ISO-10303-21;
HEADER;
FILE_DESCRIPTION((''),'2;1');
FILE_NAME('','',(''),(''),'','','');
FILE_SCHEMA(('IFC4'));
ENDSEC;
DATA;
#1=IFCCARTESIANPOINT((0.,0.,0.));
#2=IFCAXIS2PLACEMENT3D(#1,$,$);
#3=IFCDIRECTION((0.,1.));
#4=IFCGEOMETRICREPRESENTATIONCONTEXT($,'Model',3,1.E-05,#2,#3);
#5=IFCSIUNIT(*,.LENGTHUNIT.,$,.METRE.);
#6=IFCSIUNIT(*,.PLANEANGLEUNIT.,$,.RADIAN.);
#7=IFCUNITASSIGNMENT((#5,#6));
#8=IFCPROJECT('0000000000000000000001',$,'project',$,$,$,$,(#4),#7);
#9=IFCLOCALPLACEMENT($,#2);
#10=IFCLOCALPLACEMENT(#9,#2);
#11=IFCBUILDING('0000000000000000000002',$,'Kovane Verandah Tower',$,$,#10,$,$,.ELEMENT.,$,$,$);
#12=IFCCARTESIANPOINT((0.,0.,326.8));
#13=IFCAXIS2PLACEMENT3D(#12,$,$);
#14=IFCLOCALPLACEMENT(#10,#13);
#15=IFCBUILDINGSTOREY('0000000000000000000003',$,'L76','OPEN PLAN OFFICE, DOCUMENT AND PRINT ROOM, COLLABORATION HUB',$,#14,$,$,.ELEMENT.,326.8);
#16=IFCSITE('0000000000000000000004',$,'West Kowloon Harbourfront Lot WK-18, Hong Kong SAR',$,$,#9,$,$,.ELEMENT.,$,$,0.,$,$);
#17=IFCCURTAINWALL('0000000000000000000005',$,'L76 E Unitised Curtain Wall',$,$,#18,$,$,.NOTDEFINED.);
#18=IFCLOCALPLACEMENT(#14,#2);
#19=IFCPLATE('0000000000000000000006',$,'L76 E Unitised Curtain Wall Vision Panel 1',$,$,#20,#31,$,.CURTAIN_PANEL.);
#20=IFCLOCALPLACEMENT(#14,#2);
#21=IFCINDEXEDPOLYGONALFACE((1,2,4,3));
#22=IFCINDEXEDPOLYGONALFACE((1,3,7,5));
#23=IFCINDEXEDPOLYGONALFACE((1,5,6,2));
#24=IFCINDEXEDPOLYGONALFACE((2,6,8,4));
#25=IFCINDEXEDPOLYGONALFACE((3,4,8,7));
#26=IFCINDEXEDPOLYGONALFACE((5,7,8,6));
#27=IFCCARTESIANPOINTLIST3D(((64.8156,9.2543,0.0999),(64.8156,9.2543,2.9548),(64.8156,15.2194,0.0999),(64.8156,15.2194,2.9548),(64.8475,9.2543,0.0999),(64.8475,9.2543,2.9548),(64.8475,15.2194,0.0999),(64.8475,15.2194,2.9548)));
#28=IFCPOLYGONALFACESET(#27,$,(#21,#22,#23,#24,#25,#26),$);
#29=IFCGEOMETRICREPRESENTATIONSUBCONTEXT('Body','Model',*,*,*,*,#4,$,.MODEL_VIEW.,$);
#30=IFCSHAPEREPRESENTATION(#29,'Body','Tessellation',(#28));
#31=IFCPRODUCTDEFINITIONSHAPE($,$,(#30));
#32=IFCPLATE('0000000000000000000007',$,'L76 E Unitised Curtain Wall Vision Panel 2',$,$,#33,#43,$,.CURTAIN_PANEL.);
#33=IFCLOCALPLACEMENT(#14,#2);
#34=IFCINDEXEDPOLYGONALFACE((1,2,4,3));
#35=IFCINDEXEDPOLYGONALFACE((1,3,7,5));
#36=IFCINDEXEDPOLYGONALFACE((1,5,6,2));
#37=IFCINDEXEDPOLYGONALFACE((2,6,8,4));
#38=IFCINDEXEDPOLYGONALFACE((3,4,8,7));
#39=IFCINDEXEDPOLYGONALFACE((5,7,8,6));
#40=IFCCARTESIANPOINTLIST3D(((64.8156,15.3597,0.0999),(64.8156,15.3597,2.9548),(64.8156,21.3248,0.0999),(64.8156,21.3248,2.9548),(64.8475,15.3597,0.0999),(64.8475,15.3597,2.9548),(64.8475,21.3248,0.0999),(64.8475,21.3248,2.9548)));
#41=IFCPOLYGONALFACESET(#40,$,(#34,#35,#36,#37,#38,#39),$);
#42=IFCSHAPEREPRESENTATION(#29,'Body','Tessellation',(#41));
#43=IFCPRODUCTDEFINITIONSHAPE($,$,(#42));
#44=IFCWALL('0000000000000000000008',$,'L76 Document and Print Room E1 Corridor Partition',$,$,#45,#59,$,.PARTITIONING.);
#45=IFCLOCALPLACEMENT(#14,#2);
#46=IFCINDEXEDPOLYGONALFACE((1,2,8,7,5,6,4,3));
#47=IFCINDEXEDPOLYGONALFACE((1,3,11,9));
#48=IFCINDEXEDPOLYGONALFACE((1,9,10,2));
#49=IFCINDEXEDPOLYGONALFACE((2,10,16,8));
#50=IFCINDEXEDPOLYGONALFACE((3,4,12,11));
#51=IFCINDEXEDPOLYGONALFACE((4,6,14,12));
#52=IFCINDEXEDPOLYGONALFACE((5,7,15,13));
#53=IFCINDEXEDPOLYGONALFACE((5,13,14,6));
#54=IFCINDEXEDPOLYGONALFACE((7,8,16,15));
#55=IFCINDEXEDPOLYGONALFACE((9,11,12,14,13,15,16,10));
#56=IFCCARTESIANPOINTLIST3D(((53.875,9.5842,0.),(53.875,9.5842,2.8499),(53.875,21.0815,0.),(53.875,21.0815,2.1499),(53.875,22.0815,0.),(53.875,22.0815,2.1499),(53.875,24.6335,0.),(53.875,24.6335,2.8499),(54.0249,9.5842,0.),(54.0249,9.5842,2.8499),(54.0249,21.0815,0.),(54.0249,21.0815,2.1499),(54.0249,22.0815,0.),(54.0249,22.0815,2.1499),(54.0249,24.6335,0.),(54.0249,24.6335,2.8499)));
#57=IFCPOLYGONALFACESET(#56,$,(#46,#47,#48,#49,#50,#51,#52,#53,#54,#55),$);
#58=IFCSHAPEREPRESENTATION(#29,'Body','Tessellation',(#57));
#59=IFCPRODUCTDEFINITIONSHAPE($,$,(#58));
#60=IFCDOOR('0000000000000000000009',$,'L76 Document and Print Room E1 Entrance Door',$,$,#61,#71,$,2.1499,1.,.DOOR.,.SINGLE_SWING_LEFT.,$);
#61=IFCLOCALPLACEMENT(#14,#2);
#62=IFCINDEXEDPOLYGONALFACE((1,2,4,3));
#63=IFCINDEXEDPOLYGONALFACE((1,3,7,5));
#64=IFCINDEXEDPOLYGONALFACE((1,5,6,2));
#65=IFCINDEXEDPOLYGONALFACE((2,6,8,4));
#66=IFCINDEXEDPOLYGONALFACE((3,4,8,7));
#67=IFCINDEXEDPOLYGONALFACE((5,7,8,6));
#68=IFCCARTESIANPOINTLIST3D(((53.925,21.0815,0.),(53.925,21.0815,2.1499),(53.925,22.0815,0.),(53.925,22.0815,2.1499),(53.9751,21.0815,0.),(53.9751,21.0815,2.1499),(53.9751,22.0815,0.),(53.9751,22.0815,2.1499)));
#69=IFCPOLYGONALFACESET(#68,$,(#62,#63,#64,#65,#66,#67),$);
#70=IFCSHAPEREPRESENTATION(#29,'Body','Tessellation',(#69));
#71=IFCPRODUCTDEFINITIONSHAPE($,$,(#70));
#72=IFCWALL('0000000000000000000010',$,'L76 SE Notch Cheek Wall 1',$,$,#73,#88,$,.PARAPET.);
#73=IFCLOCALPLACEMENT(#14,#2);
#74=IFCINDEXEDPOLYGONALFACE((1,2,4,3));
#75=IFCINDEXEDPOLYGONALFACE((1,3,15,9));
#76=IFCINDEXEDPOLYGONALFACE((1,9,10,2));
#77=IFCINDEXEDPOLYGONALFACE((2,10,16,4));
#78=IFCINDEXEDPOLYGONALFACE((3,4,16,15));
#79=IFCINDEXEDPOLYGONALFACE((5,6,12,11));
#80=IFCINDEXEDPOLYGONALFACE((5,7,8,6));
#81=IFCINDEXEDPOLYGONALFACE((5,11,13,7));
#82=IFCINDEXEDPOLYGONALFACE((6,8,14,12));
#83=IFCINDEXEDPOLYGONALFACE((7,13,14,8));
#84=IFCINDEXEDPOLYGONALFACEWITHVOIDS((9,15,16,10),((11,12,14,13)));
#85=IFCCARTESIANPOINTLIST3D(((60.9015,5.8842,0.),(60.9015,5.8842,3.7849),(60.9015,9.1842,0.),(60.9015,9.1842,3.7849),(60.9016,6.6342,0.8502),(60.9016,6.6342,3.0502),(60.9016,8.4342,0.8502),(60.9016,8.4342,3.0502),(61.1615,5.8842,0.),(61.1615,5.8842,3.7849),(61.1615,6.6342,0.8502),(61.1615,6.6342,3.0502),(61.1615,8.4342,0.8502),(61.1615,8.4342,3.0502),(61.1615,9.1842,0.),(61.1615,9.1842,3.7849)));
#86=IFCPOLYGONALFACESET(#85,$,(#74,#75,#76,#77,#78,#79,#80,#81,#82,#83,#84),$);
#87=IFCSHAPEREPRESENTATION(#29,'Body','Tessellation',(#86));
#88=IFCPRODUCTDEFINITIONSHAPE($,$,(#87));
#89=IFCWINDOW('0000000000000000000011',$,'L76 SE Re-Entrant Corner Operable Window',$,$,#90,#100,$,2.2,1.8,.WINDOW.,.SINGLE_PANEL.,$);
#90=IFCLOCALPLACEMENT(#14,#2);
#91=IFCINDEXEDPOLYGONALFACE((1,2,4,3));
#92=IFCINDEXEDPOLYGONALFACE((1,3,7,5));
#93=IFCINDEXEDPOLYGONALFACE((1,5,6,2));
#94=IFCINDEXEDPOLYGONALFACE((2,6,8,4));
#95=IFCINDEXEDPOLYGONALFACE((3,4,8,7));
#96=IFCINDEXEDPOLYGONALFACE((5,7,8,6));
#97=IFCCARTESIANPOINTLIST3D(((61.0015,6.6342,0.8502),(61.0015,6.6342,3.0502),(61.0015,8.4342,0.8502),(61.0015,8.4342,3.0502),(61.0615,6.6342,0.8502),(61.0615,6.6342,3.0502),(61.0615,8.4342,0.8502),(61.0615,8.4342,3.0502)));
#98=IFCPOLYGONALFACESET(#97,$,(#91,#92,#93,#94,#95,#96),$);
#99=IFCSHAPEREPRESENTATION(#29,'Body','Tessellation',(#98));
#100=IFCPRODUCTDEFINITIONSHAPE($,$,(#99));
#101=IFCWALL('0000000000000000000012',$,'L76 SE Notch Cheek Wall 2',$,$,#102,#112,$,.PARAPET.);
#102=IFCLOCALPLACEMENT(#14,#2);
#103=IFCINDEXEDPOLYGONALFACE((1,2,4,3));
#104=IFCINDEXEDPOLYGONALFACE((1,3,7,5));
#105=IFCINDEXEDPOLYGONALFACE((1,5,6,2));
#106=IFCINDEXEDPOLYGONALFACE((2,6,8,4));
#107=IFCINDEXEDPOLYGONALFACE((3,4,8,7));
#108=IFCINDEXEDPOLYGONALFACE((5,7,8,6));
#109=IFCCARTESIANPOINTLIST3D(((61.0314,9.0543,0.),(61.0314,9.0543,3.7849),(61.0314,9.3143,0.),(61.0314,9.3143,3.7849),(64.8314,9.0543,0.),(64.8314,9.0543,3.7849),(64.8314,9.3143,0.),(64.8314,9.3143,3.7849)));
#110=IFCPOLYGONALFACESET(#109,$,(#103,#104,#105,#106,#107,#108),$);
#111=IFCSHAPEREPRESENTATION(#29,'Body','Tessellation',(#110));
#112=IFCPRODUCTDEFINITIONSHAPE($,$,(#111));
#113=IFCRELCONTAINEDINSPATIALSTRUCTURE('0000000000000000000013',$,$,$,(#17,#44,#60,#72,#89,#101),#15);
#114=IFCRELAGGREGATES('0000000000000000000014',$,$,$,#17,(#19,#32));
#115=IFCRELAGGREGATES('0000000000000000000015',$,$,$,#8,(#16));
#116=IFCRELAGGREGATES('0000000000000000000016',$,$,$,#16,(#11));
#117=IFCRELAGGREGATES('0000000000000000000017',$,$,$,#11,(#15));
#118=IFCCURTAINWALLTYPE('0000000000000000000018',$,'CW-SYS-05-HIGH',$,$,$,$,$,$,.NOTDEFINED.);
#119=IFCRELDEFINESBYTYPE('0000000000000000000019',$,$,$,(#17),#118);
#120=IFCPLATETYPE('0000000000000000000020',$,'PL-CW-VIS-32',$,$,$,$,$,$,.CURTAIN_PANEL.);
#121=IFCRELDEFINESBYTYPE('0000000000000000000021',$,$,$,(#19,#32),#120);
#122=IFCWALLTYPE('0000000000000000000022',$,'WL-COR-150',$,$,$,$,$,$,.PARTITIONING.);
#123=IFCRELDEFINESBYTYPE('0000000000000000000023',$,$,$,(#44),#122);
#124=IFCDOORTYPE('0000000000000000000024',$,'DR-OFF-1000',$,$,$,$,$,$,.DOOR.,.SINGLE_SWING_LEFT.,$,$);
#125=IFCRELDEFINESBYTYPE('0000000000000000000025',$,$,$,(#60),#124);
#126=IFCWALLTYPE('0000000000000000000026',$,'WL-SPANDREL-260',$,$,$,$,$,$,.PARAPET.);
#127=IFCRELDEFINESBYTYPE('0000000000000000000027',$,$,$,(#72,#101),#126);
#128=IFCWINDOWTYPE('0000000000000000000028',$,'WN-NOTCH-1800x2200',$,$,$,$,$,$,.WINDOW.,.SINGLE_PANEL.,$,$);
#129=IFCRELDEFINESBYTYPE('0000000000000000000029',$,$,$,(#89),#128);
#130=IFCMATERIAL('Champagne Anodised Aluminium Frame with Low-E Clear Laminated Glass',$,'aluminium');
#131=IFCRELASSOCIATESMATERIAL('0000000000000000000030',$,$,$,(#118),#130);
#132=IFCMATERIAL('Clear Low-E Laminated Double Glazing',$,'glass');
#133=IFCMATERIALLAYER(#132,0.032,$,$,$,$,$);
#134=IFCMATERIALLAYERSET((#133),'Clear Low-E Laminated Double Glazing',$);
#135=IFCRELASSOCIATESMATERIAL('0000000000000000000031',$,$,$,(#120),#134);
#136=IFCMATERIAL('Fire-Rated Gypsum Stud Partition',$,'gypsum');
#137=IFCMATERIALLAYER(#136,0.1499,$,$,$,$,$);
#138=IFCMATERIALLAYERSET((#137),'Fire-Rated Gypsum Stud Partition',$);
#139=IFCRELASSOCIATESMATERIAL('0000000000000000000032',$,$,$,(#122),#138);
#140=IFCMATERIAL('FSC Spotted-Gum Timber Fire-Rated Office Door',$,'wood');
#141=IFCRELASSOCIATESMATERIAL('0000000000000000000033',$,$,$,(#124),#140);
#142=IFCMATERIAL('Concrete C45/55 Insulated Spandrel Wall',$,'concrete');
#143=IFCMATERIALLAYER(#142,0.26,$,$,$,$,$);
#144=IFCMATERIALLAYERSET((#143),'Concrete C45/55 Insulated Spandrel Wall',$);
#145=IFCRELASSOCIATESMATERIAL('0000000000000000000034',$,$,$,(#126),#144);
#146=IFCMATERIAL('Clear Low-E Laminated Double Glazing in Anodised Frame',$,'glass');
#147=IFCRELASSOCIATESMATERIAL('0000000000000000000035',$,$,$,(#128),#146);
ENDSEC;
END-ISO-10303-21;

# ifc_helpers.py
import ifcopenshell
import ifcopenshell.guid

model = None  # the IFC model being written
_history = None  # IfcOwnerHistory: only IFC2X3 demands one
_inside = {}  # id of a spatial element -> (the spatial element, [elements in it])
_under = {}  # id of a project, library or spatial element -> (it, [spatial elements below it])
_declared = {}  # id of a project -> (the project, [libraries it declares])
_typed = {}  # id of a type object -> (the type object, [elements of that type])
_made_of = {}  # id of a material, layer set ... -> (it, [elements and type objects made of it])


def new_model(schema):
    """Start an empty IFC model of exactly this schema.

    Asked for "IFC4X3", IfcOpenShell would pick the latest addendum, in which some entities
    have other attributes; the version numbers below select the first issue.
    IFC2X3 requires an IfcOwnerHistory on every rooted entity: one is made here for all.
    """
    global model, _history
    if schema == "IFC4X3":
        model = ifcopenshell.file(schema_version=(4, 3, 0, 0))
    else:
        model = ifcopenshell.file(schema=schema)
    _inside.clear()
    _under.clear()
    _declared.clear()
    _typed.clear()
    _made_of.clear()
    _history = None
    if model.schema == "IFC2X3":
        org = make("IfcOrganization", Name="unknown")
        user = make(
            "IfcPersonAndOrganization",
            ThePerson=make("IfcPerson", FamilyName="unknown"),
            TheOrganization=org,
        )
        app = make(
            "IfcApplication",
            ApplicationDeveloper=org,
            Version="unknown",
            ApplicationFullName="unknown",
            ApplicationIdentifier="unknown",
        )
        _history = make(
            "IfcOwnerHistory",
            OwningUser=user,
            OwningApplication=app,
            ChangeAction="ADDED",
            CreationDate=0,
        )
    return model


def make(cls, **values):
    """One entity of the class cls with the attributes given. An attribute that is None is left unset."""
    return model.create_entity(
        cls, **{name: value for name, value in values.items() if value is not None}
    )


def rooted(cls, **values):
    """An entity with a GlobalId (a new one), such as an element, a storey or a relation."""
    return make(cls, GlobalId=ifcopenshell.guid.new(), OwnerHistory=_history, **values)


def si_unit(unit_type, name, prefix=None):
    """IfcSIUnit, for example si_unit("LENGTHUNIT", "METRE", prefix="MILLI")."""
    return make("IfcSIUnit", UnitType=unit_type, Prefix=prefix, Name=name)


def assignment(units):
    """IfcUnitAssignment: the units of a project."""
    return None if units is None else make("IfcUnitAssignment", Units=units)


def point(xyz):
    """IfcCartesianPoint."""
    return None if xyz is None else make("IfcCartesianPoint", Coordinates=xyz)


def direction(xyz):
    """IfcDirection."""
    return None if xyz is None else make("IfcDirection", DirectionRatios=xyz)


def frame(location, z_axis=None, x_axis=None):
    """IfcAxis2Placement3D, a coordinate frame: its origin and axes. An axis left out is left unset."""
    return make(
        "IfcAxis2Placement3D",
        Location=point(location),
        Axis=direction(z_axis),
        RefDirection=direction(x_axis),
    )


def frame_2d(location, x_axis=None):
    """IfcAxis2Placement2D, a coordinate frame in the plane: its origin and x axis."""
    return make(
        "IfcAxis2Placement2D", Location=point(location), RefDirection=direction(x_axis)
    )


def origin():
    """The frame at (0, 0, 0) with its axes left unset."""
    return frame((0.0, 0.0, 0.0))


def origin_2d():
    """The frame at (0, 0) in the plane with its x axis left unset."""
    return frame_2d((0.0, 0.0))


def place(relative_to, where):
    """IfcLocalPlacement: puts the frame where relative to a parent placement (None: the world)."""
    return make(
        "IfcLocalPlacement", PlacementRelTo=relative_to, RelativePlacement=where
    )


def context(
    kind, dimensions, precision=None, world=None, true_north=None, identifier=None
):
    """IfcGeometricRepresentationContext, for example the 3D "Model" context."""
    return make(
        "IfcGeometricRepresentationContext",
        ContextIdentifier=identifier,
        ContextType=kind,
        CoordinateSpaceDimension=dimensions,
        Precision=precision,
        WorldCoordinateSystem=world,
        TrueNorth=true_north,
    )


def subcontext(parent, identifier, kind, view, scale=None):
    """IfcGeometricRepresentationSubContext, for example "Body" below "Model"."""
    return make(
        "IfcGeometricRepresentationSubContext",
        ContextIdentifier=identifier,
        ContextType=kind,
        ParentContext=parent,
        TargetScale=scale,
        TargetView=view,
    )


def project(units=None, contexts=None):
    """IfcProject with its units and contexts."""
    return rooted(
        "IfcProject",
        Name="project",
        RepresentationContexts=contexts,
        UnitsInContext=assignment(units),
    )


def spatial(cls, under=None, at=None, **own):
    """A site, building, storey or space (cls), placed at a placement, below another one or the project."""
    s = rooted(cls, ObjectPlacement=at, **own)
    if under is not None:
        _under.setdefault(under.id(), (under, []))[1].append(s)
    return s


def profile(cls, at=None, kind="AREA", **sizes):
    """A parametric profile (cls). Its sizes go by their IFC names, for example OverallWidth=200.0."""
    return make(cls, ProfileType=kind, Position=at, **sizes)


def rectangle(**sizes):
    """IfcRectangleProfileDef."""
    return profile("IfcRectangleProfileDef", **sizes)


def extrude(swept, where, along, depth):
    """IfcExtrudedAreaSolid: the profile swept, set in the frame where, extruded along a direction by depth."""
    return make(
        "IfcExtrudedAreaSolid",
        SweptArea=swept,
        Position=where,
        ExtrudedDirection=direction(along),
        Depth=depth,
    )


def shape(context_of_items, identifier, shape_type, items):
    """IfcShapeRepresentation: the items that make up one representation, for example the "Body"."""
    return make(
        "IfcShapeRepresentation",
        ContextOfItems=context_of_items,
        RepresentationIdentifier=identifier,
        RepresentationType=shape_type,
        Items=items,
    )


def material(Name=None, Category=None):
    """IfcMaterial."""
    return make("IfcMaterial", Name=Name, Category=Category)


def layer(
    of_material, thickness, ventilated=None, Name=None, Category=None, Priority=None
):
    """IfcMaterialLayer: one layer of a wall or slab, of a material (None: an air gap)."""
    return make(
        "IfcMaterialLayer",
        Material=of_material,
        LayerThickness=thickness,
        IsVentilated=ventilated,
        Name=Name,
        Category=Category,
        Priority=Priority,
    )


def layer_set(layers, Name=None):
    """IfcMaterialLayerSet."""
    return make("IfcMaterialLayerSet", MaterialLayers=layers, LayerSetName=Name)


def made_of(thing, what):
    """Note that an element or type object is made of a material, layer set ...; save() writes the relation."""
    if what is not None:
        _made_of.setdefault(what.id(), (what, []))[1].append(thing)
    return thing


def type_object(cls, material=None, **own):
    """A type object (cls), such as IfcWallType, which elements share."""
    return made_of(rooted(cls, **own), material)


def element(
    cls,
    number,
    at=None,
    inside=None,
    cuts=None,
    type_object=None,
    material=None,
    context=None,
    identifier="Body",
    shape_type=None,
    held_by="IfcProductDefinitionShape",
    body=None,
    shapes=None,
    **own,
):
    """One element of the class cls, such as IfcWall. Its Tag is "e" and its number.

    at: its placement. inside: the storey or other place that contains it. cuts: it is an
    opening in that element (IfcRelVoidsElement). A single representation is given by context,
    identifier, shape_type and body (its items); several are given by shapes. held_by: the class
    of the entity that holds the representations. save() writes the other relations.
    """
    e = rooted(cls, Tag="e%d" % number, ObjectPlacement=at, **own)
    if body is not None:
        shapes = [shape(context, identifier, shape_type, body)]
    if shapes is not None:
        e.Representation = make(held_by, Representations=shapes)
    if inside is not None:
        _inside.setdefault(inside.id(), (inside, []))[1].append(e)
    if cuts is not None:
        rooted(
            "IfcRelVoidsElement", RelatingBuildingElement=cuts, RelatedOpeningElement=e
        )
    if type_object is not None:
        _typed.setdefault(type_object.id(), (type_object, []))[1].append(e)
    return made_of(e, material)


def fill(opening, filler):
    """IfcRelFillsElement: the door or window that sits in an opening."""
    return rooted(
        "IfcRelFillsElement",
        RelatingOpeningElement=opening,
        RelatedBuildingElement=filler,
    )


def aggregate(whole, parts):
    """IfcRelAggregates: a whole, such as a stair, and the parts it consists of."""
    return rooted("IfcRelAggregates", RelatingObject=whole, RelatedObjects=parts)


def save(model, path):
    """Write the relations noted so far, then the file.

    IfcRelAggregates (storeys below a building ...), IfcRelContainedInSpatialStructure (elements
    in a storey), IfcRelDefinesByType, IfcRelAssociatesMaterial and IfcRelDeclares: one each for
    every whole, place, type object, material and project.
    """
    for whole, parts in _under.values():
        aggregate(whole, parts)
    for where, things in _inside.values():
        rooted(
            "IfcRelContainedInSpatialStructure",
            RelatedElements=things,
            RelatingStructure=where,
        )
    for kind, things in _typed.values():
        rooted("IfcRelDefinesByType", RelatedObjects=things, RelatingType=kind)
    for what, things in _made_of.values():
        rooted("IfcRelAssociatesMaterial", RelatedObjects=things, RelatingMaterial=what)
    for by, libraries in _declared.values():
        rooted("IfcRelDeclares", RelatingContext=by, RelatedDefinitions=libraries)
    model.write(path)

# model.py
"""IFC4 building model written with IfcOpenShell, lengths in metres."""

from ifc_helpers import new_model, si_unit, direction, frame, frame_2d, origin, origin_2d, place, context, subcontext, project, spatial, rectangle, extrude, material, layer, layer_set, type_object, element, fill, aggregate, save


model = new_model("IFC4")

# Units and contexts
model_context = context("Model", 3, precision=1e-05, world=origin(), true_north=direction((0.0, 1.0)))
body_context = subcontext(model_context, "Body", "Model", "MODEL_VIEW")
ifc_project = project(units=[si_unit("LENGTHUNIT", "METRE"), si_unit("PLANEANGLEUNIT", "RADIAN")], contexts=[model_context])

# Site, building, storey
site_placement = place(None, origin())
site = spatial("IfcSite", under=ifc_project, at=site_placement, Name="West Kowloon Harbourfront Lot WK-18, Hong Kong SAR", CompositionType="ELEMENT", RefElevation=0.0)
building_placement = place(site_placement, origin())
building = spatial("IfcBuilding", under=site, at=building_placement, Name="Kovane Verandah Tower", CompositionType="ELEMENT")
storey_placement = place(building_placement, frame((0.0, 0.0, 326.8)))
storey = spatial("IfcBuildingStorey", under=building, at=storey_placement, Name="L76", Description="OPEN PLAN OFFICE, DOCUMENT AND PRINT ROOM, COLLABORATION HUB", CompositionType="ELEMENT", Elevation=326.8)

# Curtain wall
ifc_material_1 = material(Name="Champagne Anodised Aluminium Frame with Low-E Clear Laminated Glass", Category="aluminium")
curtain_wall_type = type_object("IfcCurtainWallType", Name="CW-SYS-05-HIGH", PredefinedType="NOTDEFINED", material=ifc_material_1)
curtain_wall_placement = place(storey_placement, origin())
curtain_wall = element("IfcCurtainWall", 1, at=curtain_wall_placement, inside=storey, type_object=curtain_wall_type, Name="L76 E Unitised Curtain Wall", PredefinedType="NOTDEFINED")

# Plates
ifc_material_2 = material(Name="Clear Low-E Laminated Double Glazing", Category="glass")
ifc_layer_1 = layer(ifc_material_2, 0.032)
ifc_layer_set_1 = layer_set([ifc_layer_1], Name="Clear Low-E Laminated Double Glazing")
plate_type_1 = type_object("IfcPlateType", Name="PL-CW-VIS-32", PredefinedType="CURTAIN_PANEL", material=ifc_layer_set_1)
plate_1_placement = place(storey_placement, frame((64.8315, 12.2368, 0.0999), z_axis=(0.0, 0.0, 1.0), x_axis=(0.0, 1.0, 0.0)))
plate_1 = element("IfcPlate", 2, at=plate_1_placement, type_object=plate_type_1, Name="L76 E Unitised Curtain Wall Vision Panel 1", PredefinedType="CURTAIN_PANEL", context=body_context, shape_type="SweptSolid", body=[
    extrude(rectangle(XDim=5.9651, YDim=0.032, at=origin_2d()), origin(), (0.0, 0.0, 1.0), 2.855),
])
plate_2_placement = place(storey_placement, frame((64.8315, 18.3423, 0.0999), z_axis=(0.0, 0.0, 1.0), x_axis=(0.0, 1.0, 0.0)))
plate_2 = element("IfcPlate", 3, at=plate_2_placement, type_object=plate_type_1, Name="L76 E Unitised Curtain Wall Vision Panel 2", PredefinedType="CURTAIN_PANEL", context=body_context, shape_type="SweptSolid", body=[
    extrude(rectangle(XDim=5.9651, YDim=0.032, at=origin_2d()), origin(), (0.0, 0.0, 1.0), 2.855),
])
aggregate(curtain_wall, [plate_1, plate_2])

# Wall, opening, door
ifc_material_3 = material(Name="Fire-Rated Gypsum Stud Partition", Category="gypsum")
ifc_layer_2 = layer(ifc_material_3, 0.1499)
ifc_layer_set_2 = layer_set([ifc_layer_2], Name="Fire-Rated Gypsum Stud Partition")
wall_type_1 = type_object("IfcWallType", Name="WL-COR-150", PredefinedType="PARTITIONING", material=ifc_layer_set_2)
wall_1_placement = place(storey_placement, frame((53.95, 9.5842, 0.0), z_axis=(0.0, 0.0, 1.0), x_axis=(0.0, 1.0, 0.0)))
wall_1 = element("IfcWall", 4, at=wall_1_placement, inside=storey, type_object=wall_type_1, Name="L76 Document and Print Room E1 Corridor Partition", PredefinedType="PARTITIONING", context=body_context, shape_type="SweptSolid", body=[
    extrude(rectangle(XDim=15.0493, YDim=0.1499, at=frame_2d((7.5247, 0.0))), origin(), (0.0, 0.0, 1.0), 2.8499),
])
opening_1_placement = place(wall_1_placement, frame((11.4973, 0.0, 0.0)))
opening_1 = element("IfcOpeningElement", 5, at=opening_1_placement, cuts=wall_1, PredefinedType="OPENING", context=body_context, shape_type="SweptSolid", body=[
    extrude(rectangle(XDim=1.0, YDim=2.1499, at=frame_2d((0.5, 1.075))), frame((0.0, 0.075, 0.0), z_axis=(0.0, -1.0, 0.0), x_axis=(1.0, 0.0, 0.0)), (0.0, 0.0, 1.0), 0.1499),
])
ifc_material_4 = material(Name="FSC Spotted-Gum Timber Fire-Rated Office Door", Category="wood")
door_type = type_object("IfcDoorType", Name="DR-OFF-1000", OperationType="SINGLE_SWING_LEFT", PredefinedType="DOOR", material=ifc_material_4)
door_placement = place(opening_1_placement, origin())
door = element("IfcDoor", 6, at=door_placement, inside=storey, type_object=door_type, Name="L76 Document and Print Room E1 Entrance Door", OperationType="SINGLE_SWING_LEFT", OverallHeight=2.1499, OverallWidth=1.0, PredefinedType="DOOR", context=body_context, shape_type="SweptSolid", body=[
    extrude(rectangle(XDim=1.0, YDim=2.1499, at=frame_2d((0.5, 1.075))), frame((0.0, 0.0249, 0.0), z_axis=(0.0, -1.0, 0.0), x_axis=(1.0, 0.0, 0.0)), (0.0, 0.0, 1.0), 0.05),
])
fill(opening_1, door)

# Wall, opening, window
ifc_material_5 = material(Name="Concrete C45/55 Insulated Spandrel Wall", Category="concrete")
ifc_layer_3 = layer(ifc_material_5, 0.26)
ifc_layer_set_3 = layer_set([ifc_layer_3], Name="Concrete C45/55 Insulated Spandrel Wall")
wall_type_2 = type_object("IfcWallType", Name="WL-SPANDREL-260", PredefinedType="PARAPET", material=ifc_layer_set_3)
wall_2_placement = place(storey_placement, frame((61.0315, 5.8843, 0.0), z_axis=(0.0, 0.0, 1.0), x_axis=(0.0, 1.0, 0.0)))
wall_2 = element("IfcWall", 7, at=wall_2_placement, inside=storey, type_object=wall_type_2, Name="L76 SE Notch Cheek Wall 1", PredefinedType="PARAPET", context=body_context, shape_type="SweptSolid", body=[
    extrude(rectangle(XDim=3.3, YDim=0.26, at=frame_2d((1.6499, 0.0))), origin(), (0.0, 0.0, 1.0), 3.7849),
])
opening_2_placement = place(wall_2_placement, frame((0.75, 0.0, 0.8501)))
opening_2 = element("IfcOpeningElement", 8, at=opening_2_placement, cuts=wall_2, PredefinedType="OPENING", context=body_context, shape_type="SweptSolid", body=[
    extrude(rectangle(XDim=1.8, YDim=2.2, at=frame_2d((0.8999, 1.1001))), frame((0.0, 0.1299, 0.0), z_axis=(0.0, -1.0, 0.0), x_axis=(1.0, 0.0, 0.0)), (0.0, 0.0, 1.0), 0.26),
])
ifc_material_6 = material(Name="Clear Low-E Laminated Double Glazing in Anodised Frame", Category="glass")
window_type = type_object("IfcWindowType", Name="WN-NOTCH-1800x2200", PartitioningType="SINGLE_PANEL", PredefinedType="WINDOW", material=ifc_material_6)
window_placement = place(opening_2_placement, origin())
window = element("IfcWindow", 9, at=window_placement, inside=storey, type_object=window_type, Name="L76 SE Re-Entrant Corner Operable Window", OverallHeight=2.2, OverallWidth=1.8, PartitioningType="SINGLE_PANEL", PredefinedType="WINDOW", context=body_context, shape_type="SweptSolid", body=[
    extrude(rectangle(XDim=1.8, YDim=2.2, at=frame_2d((0.8999, 1.1001))), frame((0.0, 0.03, 0.0), z_axis=(0.0, -1.0, 0.0), x_axis=(1.0, 0.0, 0.0)), (0.0, 0.0, 1.0), 0.0601),
])
fill(opening_2, window)

# Wall
wall_3_placement = place(storey_placement, frame((61.0315, 9.1843, 0.0), z_axis=(0.0, 0.0, 1.0), x_axis=(1.0, 0.0, 0.0)))
element("IfcWall", 10, at=wall_3_placement, inside=storey, type_object=wall_type_2, Name="L76 SE Notch Cheek Wall 2", PredefinedType="PARAPET", context=body_context, shape_type="SweptSolid", body=[
    extrude(rectangle(XDim=3.8, YDim=0.26, at=frame_2d((1.8999, 0.0))), origin(), (0.0, 0.0, 1.0), 3.7849),
])

save(model, "model.ifc")
